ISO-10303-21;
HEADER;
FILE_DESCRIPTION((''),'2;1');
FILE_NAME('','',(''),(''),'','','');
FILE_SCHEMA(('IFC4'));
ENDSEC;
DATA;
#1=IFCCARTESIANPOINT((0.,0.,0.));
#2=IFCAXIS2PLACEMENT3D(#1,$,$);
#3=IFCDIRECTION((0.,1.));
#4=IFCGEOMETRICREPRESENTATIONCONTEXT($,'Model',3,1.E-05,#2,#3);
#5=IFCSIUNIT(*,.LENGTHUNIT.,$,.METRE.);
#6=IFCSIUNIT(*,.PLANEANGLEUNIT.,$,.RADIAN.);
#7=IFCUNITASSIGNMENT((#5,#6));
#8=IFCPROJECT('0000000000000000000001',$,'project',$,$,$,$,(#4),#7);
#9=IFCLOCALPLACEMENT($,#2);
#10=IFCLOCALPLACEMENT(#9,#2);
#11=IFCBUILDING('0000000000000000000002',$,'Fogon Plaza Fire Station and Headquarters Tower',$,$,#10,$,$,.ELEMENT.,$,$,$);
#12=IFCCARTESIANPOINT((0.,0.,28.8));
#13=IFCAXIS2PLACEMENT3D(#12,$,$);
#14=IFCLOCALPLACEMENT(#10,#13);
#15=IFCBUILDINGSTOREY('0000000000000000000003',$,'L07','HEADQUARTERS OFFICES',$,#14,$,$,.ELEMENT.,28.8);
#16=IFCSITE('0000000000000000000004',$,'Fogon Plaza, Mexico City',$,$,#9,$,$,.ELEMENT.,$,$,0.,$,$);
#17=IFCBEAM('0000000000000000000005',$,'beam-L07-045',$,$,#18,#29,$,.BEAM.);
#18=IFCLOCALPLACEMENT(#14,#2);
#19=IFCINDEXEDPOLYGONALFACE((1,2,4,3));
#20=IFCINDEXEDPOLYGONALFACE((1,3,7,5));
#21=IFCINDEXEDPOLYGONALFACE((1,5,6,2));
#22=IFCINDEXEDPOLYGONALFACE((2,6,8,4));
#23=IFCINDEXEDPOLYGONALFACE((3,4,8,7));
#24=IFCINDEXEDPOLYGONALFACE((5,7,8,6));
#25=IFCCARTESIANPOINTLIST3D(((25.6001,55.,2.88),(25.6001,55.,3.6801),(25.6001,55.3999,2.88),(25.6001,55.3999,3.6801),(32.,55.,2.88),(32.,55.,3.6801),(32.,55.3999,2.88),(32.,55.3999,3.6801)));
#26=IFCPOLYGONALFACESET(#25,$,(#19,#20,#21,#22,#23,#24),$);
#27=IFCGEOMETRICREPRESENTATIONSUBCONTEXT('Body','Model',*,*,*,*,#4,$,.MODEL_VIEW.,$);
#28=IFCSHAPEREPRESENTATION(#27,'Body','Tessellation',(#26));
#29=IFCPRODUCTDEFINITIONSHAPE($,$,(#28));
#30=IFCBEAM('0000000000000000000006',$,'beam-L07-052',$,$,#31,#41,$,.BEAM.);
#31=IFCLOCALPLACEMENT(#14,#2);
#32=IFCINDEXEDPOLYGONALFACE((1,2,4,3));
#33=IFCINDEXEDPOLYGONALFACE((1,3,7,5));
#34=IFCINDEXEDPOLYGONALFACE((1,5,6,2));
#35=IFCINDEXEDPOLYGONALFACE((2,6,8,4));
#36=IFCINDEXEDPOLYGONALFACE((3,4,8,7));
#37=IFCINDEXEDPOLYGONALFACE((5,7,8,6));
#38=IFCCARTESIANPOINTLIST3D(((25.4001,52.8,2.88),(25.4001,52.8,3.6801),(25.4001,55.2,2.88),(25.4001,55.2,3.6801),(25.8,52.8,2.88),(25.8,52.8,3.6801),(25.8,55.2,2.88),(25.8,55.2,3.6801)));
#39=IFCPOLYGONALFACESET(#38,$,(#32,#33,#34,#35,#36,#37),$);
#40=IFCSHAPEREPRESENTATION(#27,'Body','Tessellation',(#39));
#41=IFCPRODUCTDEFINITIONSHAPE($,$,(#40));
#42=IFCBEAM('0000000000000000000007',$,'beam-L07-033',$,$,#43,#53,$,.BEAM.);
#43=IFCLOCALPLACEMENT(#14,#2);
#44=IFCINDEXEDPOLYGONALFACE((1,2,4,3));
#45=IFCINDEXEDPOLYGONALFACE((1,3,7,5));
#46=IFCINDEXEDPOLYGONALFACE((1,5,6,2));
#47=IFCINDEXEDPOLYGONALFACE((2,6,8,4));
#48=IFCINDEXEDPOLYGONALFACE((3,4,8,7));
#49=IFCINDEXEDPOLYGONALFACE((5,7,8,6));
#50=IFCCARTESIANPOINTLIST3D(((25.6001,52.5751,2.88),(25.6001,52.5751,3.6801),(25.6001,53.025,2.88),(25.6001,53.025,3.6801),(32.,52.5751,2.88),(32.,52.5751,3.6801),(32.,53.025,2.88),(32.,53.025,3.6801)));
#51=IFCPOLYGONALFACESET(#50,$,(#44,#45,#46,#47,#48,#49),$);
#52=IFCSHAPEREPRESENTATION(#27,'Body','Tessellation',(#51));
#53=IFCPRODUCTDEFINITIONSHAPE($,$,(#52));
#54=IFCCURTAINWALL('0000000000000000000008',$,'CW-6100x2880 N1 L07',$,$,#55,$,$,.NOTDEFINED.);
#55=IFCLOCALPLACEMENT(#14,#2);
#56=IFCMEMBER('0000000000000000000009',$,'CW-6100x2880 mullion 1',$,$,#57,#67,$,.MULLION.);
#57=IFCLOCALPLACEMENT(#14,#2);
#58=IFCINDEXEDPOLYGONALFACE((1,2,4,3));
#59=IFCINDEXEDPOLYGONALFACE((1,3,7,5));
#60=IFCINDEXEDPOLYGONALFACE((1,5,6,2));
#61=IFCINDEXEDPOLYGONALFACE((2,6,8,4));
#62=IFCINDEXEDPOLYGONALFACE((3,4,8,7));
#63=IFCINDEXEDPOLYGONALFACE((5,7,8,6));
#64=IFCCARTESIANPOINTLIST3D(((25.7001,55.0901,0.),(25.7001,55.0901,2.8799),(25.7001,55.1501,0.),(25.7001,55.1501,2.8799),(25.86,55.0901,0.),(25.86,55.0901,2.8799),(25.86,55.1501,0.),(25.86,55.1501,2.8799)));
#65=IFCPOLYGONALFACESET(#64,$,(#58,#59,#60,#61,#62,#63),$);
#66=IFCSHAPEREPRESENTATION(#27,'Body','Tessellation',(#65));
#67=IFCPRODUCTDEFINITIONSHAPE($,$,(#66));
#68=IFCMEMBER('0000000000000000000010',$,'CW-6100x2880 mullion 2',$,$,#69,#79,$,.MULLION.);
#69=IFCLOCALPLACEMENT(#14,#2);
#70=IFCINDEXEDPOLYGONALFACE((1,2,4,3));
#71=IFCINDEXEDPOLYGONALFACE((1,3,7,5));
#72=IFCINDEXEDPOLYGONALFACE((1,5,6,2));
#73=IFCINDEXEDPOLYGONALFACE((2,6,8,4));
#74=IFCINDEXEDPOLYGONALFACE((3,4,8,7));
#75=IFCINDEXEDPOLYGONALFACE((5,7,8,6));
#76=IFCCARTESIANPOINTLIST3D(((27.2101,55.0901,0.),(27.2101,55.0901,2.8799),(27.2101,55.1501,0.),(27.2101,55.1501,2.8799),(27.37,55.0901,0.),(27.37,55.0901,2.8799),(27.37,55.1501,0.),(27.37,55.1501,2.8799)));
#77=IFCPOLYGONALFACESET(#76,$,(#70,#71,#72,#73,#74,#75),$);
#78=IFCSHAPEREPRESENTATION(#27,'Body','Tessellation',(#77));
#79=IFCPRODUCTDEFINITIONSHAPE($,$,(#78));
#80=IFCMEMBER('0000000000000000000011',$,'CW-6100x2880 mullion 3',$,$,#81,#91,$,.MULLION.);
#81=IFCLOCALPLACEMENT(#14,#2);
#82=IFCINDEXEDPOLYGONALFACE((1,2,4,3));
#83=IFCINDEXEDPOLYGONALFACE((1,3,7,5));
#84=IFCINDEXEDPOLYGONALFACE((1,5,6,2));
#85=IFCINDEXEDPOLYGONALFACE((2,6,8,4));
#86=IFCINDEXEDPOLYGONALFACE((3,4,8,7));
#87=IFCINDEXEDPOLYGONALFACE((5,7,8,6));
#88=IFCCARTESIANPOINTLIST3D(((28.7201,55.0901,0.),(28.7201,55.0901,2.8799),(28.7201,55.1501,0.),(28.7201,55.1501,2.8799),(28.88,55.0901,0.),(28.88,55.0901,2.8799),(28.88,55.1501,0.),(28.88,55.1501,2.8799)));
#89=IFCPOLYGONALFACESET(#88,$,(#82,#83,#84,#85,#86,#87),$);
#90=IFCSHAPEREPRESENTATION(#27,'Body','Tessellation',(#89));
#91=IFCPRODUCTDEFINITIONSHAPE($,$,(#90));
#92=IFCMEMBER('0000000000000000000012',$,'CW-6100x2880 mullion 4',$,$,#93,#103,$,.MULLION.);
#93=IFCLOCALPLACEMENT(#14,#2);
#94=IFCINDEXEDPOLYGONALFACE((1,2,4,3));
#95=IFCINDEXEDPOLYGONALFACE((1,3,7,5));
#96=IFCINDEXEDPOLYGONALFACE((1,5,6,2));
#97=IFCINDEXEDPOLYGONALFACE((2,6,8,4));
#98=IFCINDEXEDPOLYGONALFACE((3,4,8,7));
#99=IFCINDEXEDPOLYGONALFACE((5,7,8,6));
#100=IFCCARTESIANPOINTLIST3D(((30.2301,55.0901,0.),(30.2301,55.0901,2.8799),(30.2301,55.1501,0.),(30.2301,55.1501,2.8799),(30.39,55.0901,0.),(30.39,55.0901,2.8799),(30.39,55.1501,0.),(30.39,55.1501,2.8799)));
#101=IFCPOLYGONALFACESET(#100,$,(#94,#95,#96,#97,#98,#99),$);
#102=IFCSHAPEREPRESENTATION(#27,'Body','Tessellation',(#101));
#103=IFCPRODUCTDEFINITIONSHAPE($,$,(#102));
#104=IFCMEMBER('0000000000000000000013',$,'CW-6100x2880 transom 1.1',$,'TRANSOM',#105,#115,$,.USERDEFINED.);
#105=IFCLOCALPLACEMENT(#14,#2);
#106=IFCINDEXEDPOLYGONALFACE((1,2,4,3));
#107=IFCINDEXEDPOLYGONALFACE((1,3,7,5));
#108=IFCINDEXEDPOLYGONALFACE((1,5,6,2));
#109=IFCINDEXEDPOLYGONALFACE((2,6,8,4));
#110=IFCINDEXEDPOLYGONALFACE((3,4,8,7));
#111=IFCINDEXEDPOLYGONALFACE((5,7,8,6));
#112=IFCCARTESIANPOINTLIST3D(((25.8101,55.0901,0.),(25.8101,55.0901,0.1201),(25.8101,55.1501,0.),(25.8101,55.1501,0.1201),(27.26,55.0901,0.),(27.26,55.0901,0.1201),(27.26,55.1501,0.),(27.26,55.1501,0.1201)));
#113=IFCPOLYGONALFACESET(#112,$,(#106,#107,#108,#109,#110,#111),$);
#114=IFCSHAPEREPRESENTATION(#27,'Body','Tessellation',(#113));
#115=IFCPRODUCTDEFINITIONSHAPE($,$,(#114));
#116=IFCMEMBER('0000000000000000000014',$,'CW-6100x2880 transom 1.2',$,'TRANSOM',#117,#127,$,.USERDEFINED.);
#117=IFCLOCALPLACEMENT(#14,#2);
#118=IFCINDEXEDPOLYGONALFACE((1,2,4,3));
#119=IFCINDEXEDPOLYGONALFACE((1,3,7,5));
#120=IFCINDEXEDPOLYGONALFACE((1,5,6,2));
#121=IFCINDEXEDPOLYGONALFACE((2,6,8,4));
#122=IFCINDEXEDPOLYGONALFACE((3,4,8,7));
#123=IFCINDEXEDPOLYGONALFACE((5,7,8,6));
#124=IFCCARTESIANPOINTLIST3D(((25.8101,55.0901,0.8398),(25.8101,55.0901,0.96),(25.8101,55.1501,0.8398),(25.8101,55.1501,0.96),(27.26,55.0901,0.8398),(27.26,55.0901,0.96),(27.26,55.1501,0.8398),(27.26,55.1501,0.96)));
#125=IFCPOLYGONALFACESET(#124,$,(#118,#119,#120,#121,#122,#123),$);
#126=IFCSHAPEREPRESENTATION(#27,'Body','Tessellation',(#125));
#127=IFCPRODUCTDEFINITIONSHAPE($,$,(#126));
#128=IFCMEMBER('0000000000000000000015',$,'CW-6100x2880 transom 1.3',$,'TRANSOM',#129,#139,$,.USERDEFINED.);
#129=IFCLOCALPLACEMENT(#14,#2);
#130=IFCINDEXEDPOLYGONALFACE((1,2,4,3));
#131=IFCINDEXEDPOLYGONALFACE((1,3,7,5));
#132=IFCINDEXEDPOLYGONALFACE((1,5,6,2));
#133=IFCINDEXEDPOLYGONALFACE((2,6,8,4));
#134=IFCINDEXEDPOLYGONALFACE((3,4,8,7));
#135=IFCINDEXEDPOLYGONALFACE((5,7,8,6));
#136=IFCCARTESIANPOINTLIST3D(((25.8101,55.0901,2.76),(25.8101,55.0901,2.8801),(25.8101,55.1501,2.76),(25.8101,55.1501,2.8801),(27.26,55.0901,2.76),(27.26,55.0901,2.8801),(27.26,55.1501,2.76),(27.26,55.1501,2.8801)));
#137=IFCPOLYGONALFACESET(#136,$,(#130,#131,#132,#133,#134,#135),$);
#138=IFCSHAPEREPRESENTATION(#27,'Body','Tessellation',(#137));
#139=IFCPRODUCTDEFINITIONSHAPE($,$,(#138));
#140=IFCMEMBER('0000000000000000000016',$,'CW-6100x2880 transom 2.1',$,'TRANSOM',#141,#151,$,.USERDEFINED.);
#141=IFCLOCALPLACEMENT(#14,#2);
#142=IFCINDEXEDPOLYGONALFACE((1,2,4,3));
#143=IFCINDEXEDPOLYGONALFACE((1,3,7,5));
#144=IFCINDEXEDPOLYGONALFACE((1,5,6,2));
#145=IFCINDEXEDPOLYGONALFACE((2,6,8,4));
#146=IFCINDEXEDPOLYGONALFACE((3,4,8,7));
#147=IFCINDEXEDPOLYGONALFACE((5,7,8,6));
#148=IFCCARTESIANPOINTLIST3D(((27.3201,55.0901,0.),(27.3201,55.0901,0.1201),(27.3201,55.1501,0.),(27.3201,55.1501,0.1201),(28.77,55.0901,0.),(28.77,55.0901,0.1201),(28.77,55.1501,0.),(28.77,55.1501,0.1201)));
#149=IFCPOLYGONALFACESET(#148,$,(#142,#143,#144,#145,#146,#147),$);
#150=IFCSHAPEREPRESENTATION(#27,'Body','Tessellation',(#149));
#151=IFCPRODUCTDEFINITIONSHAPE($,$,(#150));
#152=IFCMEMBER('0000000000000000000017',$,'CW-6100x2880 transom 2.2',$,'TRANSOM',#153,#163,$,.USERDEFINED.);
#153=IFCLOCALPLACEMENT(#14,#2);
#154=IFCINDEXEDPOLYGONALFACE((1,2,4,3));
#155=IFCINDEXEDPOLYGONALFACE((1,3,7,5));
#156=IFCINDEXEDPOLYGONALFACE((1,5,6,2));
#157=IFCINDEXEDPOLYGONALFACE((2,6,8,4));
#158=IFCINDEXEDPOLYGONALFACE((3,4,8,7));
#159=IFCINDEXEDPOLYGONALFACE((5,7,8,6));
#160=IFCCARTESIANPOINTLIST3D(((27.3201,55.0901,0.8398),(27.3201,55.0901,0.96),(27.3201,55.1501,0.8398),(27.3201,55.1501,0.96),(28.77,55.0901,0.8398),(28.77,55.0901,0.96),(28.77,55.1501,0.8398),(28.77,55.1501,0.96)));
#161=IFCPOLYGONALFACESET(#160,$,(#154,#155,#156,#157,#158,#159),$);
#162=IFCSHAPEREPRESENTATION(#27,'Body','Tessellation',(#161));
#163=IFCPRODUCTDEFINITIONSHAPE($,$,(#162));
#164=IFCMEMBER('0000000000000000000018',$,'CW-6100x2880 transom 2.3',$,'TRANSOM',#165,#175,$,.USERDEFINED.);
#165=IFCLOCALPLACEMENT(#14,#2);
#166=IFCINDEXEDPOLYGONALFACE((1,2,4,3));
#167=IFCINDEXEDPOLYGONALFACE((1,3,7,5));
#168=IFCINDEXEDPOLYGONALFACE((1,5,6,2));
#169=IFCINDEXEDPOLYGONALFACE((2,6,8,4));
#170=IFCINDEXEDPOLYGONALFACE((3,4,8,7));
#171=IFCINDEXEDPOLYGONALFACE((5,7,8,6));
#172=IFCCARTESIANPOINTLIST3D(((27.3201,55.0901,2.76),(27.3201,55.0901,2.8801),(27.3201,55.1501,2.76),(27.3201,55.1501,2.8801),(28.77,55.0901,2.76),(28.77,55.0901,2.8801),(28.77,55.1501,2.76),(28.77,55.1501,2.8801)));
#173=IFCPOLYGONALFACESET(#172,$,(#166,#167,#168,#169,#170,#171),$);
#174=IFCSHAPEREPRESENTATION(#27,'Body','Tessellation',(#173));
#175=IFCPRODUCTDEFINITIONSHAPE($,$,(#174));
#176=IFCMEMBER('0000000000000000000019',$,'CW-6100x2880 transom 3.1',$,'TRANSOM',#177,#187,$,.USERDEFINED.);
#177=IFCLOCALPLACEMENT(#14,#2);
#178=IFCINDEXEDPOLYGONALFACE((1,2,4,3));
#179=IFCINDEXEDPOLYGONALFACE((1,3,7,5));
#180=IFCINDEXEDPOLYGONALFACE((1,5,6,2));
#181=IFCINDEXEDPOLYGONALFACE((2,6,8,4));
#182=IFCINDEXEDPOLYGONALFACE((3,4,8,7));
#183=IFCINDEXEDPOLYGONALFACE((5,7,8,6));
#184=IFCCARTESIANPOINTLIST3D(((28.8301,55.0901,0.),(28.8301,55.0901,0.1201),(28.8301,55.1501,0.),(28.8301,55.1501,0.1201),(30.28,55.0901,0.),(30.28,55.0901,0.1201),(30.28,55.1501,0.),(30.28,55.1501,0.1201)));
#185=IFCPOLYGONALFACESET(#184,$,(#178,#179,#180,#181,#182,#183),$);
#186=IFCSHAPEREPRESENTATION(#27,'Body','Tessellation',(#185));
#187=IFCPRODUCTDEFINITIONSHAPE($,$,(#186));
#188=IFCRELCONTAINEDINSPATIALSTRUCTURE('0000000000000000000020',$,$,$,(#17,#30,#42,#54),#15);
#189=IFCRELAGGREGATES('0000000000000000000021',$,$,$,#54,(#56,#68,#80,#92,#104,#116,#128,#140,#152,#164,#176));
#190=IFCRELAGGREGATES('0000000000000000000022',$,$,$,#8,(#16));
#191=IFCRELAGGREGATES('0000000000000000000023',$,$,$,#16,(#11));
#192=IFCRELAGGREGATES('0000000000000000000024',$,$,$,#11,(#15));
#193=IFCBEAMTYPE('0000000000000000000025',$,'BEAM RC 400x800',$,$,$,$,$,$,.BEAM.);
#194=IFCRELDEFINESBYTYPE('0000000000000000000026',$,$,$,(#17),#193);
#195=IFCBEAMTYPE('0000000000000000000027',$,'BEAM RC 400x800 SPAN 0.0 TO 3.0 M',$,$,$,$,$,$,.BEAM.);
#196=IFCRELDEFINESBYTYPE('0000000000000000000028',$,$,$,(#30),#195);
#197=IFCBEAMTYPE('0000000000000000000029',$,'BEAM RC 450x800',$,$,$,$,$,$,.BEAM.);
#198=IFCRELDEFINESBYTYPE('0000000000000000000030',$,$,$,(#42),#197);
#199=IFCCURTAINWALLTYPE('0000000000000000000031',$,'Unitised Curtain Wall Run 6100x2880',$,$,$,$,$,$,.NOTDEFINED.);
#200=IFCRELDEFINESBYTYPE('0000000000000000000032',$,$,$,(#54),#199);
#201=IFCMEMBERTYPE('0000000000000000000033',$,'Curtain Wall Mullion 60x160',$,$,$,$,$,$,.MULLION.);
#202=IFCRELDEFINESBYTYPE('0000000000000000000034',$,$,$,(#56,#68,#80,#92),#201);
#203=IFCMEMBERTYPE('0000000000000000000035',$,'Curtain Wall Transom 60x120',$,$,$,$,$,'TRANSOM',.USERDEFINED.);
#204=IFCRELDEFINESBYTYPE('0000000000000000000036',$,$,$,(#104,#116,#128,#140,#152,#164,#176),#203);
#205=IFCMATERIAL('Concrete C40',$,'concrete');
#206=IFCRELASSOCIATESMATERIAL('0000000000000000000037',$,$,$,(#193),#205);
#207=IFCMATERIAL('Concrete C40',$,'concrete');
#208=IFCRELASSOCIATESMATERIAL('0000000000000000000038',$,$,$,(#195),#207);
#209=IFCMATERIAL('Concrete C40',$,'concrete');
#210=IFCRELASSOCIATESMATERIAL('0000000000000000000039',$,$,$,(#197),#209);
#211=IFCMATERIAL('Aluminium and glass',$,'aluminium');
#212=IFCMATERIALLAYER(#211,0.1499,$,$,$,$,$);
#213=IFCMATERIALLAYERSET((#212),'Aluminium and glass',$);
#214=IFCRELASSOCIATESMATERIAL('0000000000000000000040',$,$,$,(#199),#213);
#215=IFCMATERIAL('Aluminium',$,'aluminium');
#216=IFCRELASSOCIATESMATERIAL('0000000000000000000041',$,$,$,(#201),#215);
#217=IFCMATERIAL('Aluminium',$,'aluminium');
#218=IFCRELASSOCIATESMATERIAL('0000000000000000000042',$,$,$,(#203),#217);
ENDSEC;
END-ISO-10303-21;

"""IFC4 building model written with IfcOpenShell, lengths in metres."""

from ifc_helpers import new_model, si_unit, direction, frame, origin, origin_2d, place, context, subcontext, project, spatial, rectangle, extrude, material, layer, layer_set, material_profile, profile_set, type_object, element, aggregate, save


model = new_model("IFC4")

# Units and contexts
model_context = context("Model", 3, precision=1e-05, world=origin(), true_north=direction((0.0, 1.0)))
body_context = subcontext(model_context, "Body", "Model", "MODEL_VIEW")
ifc_project = project(units=[si_unit("LENGTHUNIT", "METRE"), si_unit("PLANEANGLEUNIT", "RADIAN")], contexts=[model_context])

# Site, building, storey
site_placement = place(None, origin())
site = spatial("IfcSite", under=ifc_project, at=site_placement, Name="Fogon Plaza, Mexico City", CompositionType="ELEMENT", RefElevation=0.0)
building_placement = place(site_placement, origin())
building = spatial("IfcBuilding", under=site, at=building_placement, Name="Fogon Plaza Fire Station and Headquarters Tower", CompositionType="ELEMENT")
storey_placement = place(building_placement, frame((0.0, 0.0, 28.8)))
storey = spatial("IfcBuildingStorey", under=building, at=storey_placement, Name="L07", Description="HEADQUARTERS OFFICES", CompositionType="ELEMENT", Elevation=28.8)

# Beams
ifc_material_1 = material(Name="Concrete C40", Category="concrete")
ifc_material_profile_1 = material_profile(ifc_material_1, rectangle(XDim=0.3999, YDim=0.8, at=origin_2d()), Name="RC 400x800")
ifc_profile_set_1 = profile_set([ifc_material_profile_1], Name="Concrete C40")
beam_type_1 = type_object("IfcBeamType", Name="BEAM RC 400x800", PredefinedType="BEAM", material=ifc_profile_set_1)
beam_1_placement = place(storey_placement, frame((25.6001, 55.2, 3.28), z_axis=(1.0, 0.0, 0.0), x_axis=(0.0, 1.0, 0.0)))
element("IfcBeam", 1, at=beam_1_placement, inside=storey, type_object=beam_type_1, Name="beam-L07-045", PredefinedType="BEAM", context=body_context, shape_type="SweptSolid", body=[
    extrude(rectangle(XDim=0.3999, YDim=0.8, at=origin_2d()), origin(), (0.0, 0.0, 1.0), 6.3999),
])
ifc_material_2 = material(Name="Concrete C40", Category="concrete")
ifc_material_profile_2 = material_profile(ifc_material_2, rectangle(XDim=0.3999, YDim=0.8, at=origin_2d()), Name="RC 400x800")
ifc_profile_set_2 = profile_set([ifc_material_profile_2], Name="Concrete C40")
beam_type_2 = type_object("IfcBeamType", Name="BEAM RC 400x800 SPAN 0.0 TO 3.0 M", PredefinedType="BEAM", material=ifc_profile_set_2)
beam_2_placement = place(storey_placement, frame((25.6001, 52.8, 3.28), z_axis=(0.0, 1.0, 0.0), x_axis=(-1.0, 0.0, 0.0)))
element("IfcBeam", 2, at=beam_2_placement, inside=storey, type_object=beam_type_2, Name="beam-L07-052", PredefinedType="BEAM", context=body_context, shape_type="SweptSolid", body=[
    extrude(rectangle(XDim=0.3999, YDim=0.8, at=origin_2d()), origin(), (0.0, 0.0, 1.0), 2.3999),
])
ifc_material_3 = material(Name="Concrete C40", Category="concrete")
ifc_material_profile_3 = material_profile(ifc_material_3, rectangle(XDim=0.45, YDim=0.8, at=origin_2d()), Name="RC 450x800")
ifc_profile_set_3 = profile_set([ifc_material_profile_3], Name="Concrete C40")
beam_type_3 = type_object("IfcBeamType", Name="BEAM RC 450x800", PredefinedType="BEAM", material=ifc_profile_set_3)
beam_3_placement = place(storey_placement, frame((25.6001, 52.8, 3.28), z_axis=(1.0, 0.0, 0.0), x_axis=(0.0, 1.0, 0.0)))
element("IfcBeam", 3, at=beam_3_placement, inside=storey, type_object=beam_type_3, Name="beam-L07-033", PredefinedType="BEAM", context=body_context, shape_type="SweptSolid", body=[
    extrude(rectangle(XDim=0.45, YDim=0.8, at=origin_2d()), origin(), (0.0, 0.0, 1.0), 6.3999),
])

# Curtain wall, members
ifc_material_4 = material(Name="Aluminium and glass", Category="aluminium")
ifc_layer_1 = layer(ifc_material_4, 0.1499)
ifc_layer_set_1 = layer_set([ifc_layer_1], Name="Aluminium and glass")
curtain_wall_type = type_object("IfcCurtainWallType", Name="Unitised Curtain Wall Run 6100x2880", PredefinedType="NOTDEFINED", material=ifc_layer_set_1)
curtain_wall_placement = place(storey_placement, origin())
curtain_wall = element("IfcCurtainWall", 4, at=curtain_wall_placement, inside=storey, type_object=curtain_wall_type, Name="CW-6100x2880 N1 L07", PredefinedType="NOTDEFINED")
ifc_material_5 = material(Name="Aluminium", Category="aluminium")
ifc_material_profile_4 = material_profile(ifc_material_5, rectangle(XDim=0.0601, YDim=0.1599, at=origin_2d()), Name="Curtain Wall Mullion 60x160")
ifc_profile_set_4 = profile_set([ifc_material_profile_4], Name="Aluminium")
member_type_1 = type_object("IfcMemberType", Name="Curtain Wall Mullion 60x160", PredefinedType="MULLION", material=ifc_profile_set_4)
member_1_placement = place(storey_placement, frame((25.78, 55.1201, 0.0), z_axis=(0.0, 0.0, 1.0), x_axis=(0.0, 1.0, 0.0)))
member_1 = element("IfcMember", 5, at=member_1_placement, type_object=member_type_1, Name="CW-6100x2880 mullion 1", PredefinedType="MULLION", context=body_context, shape_type="SweptSolid", body=[
    extrude(rectangle(XDim=0.0601, YDim=0.1599, at=origin_2d()), origin(), (0.0, 0.0, 1.0), 2.8799),
])
member_2_placement = place(storey_placement, frame((27.29, 55.1201, 0.0), z_axis=(0.0, 0.0, 1.0), x_axis=(0.0, 1.0, 0.0)))
member_2 = element("IfcMember", 6, at=member_2_placement, type_object=member_type_1, Name="CW-6100x2880 mullion 2", PredefinedType="MULLION", context=body_context, shape_type="SweptSolid", body=[
    extrude(rectangle(XDim=0.0601, YDim=0.1599, at=origin_2d()), origin(), (0.0, 0.0, 1.0), 2.8799),
])
member_3_placement = place(storey_placement, frame((28.8, 55.1201, 0.0), z_axis=(0.0, 0.0, 1.0), x_axis=(0.0, 1.0, 0.0)))
member_3 = element("IfcMember", 7, at=member_3_placement, type_object=member_type_1, Name="CW-6100x2880 mullion 3", PredefinedType="MULLION", context=body_context, shape_type="SweptSolid", body=[
    extrude(rectangle(XDim=0.0601, YDim=0.1599, at=origin_2d()), origin(), (0.0, 0.0, 1.0), 2.8799),
])
member_4_placement = place(storey_placement, frame((30.3101, 55.1201, 0.0), z_axis=(0.0, 0.0, 1.0), x_axis=(0.0, 1.0, 0.0)))
member_4 = element("IfcMember", 8, at=member_4_placement, type_object=member_type_1, Name="CW-6100x2880 mullion 4", PredefinedType="MULLION", context=body_context, shape_type="SweptSolid", body=[
    extrude(rectangle(XDim=0.0601, YDim=0.1599, at=origin_2d()), origin(), (0.0, 0.0, 1.0), 2.8799),
])
ifc_material_6 = material(Name="Aluminium", Category="aluminium")
ifc_material_profile_5 = material_profile(ifc_material_6, rectangle(XDim=0.0601, YDim=0.1201, at=origin_2d()), Name="Curtain Wall Transom 60x120")
ifc_profile_set_5 = profile_set([ifc_material_profile_5], Name="Aluminium")
member_type_2 = type_object("IfcMemberType", Name="Curtain Wall Transom 60x120", ElementType="TRANSOM", PredefinedType="USERDEFINED", material=ifc_profile_set_5)
member_5_placement = place(storey_placement, frame((25.8101, 55.1201, 0.0601), z_axis=(1.0, 0.0, 0.0), x_axis=(0.0, 1.0, 0.0)))
member_5 = element("IfcMember", 9, at=member_5_placement, type_object=member_type_2, Name="CW-6100x2880 transom 1.1", ObjectType="TRANSOM", PredefinedType="USERDEFINED", context=body_context, shape_type="SweptSolid", body=[
    extrude(rectangle(XDim=0.0601, YDim=0.1201, at=origin_2d()), origin(), (0.0, 0.0, 1.0), 1.45),
])
member_6_placement = place(storey_placement, frame((25.8101, 55.1201, 0.8999), z_axis=(1.0, 0.0, 0.0), x_axis=(0.0, 1.0, 0.0)))
member_6 = element("IfcMember", 10, at=member_6_placement, type_object=member_type_2, Name="CW-6100x2880 transom 1.2", ObjectType="TRANSOM", PredefinedType="USERDEFINED", context=body_context, shape_type="SweptSolid", body=[
    extrude(rectangle(XDim=0.0601, YDim=0.1201, at=origin_2d()), origin(), (0.0, 0.0, 1.0), 1.45),
])
member_7_placement = place(storey_placement, frame((25.8101, 55.1201, 2.8201), z_axis=(1.0, 0.0, 0.0), x_axis=(0.0, 1.0, 0.0)))
member_7 = element("IfcMember", 11, at=member_7_placement, type_object=member_type_2, Name="CW-6100x2880 transom 1.3", ObjectType="TRANSOM", PredefinedType="USERDEFINED", context=body_context, shape_type="SweptSolid", body=[
    extrude(rectangle(XDim=0.0601, YDim=0.1201, at=origin_2d()), origin(), (0.0, 0.0, 1.0), 1.45),
])
member_8_placement = place(storey_placement, frame((27.3201, 55.1201, 0.0601), z_axis=(1.0, 0.0, 0.0), x_axis=(0.0, 1.0, 0.0)))
member_8 = element("IfcMember", 12, at=member_8_placement, type_object=member_type_2, Name="CW-6100x2880 transom 2.1", ObjectType="TRANSOM", PredefinedType="USERDEFINED", context=body_context, shape_type="SweptSolid", body=[
    extrude(rectangle(XDim=0.0601, YDim=0.1201, at=origin_2d()), origin(), (0.0, 0.0, 1.0), 1.45),
])
member_9_placement = place(storey_placement, frame((27.3201, 55.1201, 0.8999), z_axis=(1.0, 0.0, 0.0), x_axis=(0.0, 1.0, 0.0)))
member_9 = element("IfcMember", 13, at=member_9_placement, type_object=member_type_2, Name="CW-6100x2880 transom 2.2", ObjectType="TRANSOM", PredefinedType="USERDEFINED", context=body_context, shape_type="SweptSolid", body=[
    extrude(rectangle(XDim=0.0601, YDim=0.1201, at=origin_2d()), origin(), (0.0, 0.0, 1.0), 1.45),
])
member_10_placement = place(storey_placement, frame((27.3201, 55.1201, 2.8201), z_axis=(1.0, 0.0, 0.0), x_axis=(0.0, 1.0, 0.0)))
member_10 = element("IfcMember", 14, at=member_10_placement, type_object=member_type_2, Name="CW-6100x2880 transom 2.3", ObjectType="TRANSOM", PredefinedType="USERDEFINED", context=body_context, shape_type="SweptSolid", body=[
    extrude(rectangle(XDim=0.0601, YDim=0.1201, at=origin_2d()), origin(), (0.0, 0.0, 1.0), 1.45),
])
member_11_placement = place(storey_placement, frame((28.8301, 55.1201, 0.0601), z_axis=(1.0, 0.0, 0.0), x_axis=(0.0, 1.0, 0.0)))
member_11 = element("IfcMember", 15, at=member_11_placement, type_object=member_type_2, Name="CW-6100x2880 transom 3.1", ObjectType="TRANSOM", PredefinedType="USERDEFINED", context=body_context, shape_type="SweptSolid", body=[
    extrude(rectangle(XDim=0.0601, YDim=0.1201, at=origin_2d()), origin(), (0.0, 0.0, 1.0), 1.45),
])

aggregate(curtain_wall, [member_1, member_2, member_3, member_4, member_5, member_6, member_7, member_8, member_9, member_10, member_11])

save(model, "model.ifc")
